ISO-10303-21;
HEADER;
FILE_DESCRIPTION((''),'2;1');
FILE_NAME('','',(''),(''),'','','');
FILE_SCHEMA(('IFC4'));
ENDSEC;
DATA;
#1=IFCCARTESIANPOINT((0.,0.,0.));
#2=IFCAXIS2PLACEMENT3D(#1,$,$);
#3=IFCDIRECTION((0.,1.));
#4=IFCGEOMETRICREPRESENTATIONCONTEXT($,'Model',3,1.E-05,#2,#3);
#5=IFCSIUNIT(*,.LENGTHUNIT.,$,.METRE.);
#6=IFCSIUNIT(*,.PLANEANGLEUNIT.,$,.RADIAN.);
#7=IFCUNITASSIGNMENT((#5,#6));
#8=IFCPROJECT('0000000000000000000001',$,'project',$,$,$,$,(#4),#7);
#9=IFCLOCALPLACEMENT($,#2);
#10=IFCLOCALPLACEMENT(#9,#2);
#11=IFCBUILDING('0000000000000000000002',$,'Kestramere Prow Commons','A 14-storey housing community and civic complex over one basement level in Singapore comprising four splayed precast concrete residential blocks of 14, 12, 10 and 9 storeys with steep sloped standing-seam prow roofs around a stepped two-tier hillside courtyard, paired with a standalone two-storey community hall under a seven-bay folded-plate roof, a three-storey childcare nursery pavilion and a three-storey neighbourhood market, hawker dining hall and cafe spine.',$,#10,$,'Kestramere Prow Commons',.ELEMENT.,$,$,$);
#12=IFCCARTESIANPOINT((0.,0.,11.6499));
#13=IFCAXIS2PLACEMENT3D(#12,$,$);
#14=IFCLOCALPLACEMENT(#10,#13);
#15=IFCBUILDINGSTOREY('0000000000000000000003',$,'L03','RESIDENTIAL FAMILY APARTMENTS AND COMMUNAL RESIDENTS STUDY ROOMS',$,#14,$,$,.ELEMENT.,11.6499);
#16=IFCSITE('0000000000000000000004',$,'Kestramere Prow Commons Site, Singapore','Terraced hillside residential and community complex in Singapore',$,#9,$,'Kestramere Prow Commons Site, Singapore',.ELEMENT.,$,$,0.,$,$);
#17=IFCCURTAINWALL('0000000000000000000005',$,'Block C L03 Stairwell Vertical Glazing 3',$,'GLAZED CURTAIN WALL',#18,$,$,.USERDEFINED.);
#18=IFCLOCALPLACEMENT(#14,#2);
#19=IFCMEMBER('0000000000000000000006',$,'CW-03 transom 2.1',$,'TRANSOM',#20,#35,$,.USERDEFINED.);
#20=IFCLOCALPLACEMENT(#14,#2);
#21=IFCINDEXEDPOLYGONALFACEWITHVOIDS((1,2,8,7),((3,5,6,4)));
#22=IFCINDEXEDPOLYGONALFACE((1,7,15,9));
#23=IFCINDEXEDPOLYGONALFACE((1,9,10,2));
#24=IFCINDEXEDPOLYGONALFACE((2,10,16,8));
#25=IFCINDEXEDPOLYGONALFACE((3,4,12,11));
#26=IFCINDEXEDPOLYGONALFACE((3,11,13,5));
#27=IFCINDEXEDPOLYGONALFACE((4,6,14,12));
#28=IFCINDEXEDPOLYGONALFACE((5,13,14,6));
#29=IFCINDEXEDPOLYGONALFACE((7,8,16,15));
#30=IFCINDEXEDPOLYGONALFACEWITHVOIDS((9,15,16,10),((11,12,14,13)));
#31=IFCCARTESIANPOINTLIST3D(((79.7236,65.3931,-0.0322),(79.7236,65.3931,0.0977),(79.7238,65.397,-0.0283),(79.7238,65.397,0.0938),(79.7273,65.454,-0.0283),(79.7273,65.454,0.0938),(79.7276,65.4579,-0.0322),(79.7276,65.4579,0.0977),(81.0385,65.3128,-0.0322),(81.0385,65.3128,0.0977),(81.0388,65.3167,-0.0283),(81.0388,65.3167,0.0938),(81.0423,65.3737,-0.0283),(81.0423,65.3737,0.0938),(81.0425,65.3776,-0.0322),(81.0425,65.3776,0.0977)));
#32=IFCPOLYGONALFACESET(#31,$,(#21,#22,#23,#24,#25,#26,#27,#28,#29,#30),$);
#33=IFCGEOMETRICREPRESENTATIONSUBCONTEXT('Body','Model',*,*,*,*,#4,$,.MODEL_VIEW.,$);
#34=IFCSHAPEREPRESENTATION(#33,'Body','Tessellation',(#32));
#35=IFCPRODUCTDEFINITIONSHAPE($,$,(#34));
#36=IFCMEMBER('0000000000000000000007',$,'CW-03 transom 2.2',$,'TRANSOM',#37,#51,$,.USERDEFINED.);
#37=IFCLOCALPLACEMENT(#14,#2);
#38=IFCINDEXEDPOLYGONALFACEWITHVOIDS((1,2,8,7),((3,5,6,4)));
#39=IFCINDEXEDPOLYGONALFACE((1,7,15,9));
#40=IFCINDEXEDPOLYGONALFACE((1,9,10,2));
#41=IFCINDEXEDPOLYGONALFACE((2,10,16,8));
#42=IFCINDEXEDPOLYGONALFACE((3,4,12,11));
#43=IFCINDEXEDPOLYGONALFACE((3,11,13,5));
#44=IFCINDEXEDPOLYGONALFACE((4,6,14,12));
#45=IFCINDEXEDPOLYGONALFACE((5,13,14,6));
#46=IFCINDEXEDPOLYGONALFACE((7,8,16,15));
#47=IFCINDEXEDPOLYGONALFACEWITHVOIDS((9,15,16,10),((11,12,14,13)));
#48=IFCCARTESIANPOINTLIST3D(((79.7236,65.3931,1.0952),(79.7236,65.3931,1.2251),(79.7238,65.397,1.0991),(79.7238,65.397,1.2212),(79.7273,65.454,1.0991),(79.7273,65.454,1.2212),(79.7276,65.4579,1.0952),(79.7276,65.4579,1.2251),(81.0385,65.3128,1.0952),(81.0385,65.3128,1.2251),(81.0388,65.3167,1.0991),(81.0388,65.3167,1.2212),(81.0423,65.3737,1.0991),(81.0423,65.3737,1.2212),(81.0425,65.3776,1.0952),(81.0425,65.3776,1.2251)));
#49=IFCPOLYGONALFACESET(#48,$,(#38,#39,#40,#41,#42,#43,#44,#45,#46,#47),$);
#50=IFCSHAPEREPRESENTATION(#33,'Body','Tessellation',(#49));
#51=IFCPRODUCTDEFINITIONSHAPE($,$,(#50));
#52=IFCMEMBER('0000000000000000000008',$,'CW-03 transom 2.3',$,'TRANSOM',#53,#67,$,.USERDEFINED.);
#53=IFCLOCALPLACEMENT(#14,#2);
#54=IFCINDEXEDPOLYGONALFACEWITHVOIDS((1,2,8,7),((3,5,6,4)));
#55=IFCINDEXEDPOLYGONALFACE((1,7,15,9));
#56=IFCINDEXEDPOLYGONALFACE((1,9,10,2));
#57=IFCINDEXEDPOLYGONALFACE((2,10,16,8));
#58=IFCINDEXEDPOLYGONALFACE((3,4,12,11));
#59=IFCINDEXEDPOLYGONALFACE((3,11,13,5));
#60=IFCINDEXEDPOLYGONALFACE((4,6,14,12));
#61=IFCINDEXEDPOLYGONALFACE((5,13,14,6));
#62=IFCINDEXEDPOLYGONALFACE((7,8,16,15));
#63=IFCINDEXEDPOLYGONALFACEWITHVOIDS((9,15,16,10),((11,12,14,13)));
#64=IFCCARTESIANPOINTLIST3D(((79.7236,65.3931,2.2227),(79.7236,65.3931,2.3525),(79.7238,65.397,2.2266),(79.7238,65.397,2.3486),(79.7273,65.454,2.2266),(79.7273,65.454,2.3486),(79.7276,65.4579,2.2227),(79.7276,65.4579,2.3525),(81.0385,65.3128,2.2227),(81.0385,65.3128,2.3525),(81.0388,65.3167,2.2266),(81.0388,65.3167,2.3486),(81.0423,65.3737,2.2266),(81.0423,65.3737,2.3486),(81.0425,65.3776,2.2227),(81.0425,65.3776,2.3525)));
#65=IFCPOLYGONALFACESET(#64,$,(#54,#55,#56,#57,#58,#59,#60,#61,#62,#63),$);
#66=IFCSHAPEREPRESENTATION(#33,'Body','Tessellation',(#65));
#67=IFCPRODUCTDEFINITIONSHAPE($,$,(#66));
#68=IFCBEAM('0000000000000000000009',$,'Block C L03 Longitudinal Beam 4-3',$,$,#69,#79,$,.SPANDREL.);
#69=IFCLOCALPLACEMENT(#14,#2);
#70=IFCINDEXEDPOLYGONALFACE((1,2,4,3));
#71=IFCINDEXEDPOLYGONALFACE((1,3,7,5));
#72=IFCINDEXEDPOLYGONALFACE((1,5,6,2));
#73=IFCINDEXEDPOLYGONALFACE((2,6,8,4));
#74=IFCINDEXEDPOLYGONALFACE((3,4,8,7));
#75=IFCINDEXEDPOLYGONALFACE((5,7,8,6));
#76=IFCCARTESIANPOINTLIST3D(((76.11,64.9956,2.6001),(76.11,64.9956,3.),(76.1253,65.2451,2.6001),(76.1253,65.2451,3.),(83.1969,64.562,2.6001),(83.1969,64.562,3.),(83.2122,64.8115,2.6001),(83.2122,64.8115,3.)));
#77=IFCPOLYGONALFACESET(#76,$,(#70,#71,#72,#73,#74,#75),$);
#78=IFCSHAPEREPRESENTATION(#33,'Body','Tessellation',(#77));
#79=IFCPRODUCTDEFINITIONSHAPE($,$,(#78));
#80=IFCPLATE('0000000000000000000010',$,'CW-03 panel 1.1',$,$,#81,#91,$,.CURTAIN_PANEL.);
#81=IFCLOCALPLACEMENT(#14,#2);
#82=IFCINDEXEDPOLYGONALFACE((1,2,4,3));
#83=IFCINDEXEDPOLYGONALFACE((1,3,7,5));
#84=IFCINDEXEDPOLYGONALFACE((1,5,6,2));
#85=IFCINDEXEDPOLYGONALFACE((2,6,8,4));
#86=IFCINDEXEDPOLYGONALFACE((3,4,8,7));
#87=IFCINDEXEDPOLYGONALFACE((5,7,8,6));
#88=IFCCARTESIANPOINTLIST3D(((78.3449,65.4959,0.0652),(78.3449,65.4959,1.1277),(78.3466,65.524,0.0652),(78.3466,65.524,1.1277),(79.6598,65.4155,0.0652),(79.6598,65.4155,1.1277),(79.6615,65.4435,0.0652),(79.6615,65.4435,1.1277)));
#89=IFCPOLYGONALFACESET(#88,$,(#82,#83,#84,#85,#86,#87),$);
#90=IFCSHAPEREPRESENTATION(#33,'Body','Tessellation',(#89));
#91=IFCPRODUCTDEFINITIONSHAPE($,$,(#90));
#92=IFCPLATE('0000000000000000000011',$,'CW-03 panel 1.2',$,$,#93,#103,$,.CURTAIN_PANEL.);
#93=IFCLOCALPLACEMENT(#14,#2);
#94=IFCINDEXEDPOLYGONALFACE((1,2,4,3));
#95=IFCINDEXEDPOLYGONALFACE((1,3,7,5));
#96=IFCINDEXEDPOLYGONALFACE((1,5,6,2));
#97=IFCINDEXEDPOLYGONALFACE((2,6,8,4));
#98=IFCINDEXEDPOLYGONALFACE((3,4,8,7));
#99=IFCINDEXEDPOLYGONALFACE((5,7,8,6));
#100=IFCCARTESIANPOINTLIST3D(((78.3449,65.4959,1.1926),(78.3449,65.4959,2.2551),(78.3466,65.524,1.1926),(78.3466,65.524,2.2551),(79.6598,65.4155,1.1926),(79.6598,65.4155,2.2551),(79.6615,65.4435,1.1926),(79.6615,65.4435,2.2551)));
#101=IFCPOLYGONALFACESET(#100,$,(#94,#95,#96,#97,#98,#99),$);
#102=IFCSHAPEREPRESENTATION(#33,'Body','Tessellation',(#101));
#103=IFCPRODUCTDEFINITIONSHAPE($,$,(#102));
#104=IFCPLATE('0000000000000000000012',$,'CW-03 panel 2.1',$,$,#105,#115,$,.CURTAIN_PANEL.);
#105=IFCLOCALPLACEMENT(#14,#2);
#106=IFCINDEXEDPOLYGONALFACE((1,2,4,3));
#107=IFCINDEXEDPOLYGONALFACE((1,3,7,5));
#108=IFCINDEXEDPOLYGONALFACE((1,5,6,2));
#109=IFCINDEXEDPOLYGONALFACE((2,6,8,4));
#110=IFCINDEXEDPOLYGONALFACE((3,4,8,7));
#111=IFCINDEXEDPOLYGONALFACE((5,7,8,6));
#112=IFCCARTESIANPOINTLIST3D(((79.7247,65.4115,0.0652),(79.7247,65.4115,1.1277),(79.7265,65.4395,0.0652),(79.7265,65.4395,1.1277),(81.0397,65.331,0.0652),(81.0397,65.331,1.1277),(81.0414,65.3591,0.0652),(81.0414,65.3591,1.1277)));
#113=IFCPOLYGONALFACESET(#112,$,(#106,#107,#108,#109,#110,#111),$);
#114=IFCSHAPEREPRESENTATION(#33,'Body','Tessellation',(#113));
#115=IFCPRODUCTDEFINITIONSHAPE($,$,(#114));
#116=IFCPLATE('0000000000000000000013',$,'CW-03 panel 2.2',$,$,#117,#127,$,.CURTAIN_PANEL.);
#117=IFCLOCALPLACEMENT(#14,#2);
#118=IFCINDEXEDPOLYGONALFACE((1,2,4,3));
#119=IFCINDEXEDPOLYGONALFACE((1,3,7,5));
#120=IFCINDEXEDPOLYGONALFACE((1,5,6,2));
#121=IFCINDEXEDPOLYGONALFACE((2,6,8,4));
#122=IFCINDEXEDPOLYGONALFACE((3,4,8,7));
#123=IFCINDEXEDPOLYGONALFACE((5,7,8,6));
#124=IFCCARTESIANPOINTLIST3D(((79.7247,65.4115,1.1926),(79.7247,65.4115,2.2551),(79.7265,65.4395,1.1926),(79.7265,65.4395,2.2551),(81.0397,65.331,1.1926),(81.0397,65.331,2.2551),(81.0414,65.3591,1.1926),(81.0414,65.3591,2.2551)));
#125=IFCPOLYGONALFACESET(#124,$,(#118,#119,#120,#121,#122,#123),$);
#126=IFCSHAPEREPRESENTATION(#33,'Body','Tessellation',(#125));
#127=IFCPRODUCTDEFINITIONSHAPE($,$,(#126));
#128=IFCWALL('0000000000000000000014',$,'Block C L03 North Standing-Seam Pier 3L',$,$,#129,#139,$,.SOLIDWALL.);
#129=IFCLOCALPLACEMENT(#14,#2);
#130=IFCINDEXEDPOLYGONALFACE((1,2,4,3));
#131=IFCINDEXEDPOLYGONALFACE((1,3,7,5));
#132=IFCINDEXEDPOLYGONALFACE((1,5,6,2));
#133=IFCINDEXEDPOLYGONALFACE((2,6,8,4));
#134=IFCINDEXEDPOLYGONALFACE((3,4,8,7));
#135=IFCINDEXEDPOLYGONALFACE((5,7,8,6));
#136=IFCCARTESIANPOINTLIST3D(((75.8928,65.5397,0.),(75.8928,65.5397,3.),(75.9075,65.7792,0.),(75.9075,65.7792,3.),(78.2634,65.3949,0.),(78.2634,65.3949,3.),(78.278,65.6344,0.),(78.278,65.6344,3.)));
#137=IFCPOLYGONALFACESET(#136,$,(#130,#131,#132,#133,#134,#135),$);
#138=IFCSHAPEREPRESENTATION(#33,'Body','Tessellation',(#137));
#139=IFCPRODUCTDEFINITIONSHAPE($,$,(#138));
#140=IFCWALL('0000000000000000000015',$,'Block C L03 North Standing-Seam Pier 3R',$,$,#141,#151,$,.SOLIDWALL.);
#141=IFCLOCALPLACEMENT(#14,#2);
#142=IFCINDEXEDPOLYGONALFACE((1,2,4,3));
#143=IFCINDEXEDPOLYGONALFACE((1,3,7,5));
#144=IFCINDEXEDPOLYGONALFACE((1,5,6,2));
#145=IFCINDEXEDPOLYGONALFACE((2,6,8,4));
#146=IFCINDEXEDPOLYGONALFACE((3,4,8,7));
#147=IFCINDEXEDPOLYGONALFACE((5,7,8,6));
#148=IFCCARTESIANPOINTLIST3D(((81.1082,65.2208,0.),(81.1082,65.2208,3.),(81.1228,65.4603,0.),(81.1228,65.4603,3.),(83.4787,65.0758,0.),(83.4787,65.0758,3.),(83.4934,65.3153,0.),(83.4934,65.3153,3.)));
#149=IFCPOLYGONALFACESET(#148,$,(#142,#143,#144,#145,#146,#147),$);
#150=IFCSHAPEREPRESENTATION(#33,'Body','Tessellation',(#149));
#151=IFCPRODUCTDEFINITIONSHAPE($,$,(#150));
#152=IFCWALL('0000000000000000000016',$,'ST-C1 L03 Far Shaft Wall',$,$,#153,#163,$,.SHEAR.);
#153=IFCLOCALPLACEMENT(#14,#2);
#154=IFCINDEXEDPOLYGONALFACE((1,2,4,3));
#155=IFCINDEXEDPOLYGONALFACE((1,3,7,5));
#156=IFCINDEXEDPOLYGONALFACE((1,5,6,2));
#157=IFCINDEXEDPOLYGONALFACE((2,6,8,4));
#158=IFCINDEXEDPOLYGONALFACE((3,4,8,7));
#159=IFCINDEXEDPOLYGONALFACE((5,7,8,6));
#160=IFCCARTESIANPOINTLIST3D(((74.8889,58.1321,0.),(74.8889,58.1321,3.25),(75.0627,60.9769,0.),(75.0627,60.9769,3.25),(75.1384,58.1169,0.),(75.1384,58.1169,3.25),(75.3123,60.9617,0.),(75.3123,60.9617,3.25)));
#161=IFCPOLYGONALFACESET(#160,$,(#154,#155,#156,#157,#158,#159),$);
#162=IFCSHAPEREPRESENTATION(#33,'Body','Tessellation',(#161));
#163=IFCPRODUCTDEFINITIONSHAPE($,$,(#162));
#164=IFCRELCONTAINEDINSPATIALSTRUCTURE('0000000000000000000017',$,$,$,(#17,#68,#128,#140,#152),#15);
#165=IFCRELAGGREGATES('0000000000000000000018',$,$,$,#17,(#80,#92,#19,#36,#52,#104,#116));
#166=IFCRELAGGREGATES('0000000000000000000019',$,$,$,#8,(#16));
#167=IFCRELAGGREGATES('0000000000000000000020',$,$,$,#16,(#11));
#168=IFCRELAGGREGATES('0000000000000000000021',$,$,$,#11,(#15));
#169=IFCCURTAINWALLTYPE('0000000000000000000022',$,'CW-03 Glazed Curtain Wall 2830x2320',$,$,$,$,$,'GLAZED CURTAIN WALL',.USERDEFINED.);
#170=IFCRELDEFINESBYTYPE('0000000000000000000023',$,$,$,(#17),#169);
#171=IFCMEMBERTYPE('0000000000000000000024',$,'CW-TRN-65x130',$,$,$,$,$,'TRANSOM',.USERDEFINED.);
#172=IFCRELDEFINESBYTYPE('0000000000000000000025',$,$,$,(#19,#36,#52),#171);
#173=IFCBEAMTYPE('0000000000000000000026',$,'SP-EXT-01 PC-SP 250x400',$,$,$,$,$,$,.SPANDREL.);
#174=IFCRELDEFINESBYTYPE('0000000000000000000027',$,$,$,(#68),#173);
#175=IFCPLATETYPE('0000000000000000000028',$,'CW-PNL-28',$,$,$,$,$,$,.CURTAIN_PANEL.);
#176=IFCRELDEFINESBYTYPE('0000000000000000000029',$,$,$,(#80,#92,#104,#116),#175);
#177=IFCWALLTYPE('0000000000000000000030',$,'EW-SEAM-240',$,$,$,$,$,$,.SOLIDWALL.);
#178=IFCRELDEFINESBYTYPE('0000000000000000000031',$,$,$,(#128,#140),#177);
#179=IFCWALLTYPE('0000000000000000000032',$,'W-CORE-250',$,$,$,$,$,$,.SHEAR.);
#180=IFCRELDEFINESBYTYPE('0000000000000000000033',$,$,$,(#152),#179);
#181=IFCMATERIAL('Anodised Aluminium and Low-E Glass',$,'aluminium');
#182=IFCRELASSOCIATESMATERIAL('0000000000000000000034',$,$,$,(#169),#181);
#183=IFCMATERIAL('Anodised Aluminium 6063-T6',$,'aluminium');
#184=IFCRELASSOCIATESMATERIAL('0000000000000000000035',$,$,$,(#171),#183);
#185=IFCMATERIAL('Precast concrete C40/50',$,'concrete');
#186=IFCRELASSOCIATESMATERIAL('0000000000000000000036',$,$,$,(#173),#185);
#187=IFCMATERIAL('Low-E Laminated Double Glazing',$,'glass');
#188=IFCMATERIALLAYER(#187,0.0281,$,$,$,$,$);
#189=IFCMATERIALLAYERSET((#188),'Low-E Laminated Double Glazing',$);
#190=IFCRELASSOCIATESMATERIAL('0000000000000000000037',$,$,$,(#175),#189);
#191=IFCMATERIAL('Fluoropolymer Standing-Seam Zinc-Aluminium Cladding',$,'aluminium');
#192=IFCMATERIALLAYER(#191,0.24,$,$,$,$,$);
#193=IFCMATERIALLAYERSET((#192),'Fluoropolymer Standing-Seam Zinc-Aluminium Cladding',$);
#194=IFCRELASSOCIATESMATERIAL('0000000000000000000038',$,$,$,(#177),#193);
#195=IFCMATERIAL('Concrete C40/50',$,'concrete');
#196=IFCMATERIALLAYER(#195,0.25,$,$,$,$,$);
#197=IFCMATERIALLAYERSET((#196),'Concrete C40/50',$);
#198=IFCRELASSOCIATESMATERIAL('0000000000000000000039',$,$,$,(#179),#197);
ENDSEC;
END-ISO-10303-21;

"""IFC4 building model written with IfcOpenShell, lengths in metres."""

from ifc_helpers import new_model, si_unit, direction, frame, frame_2d, origin, origin_2d, place, context, subcontext, project, spatial, rectangle, hollow_rectangle, extrude, material, layer, layer_set, material_profile, profile_set, type_object, element, aggregate, save


model = new_model("IFC4")

# Units and contexts
model_context = context("Model", 3, precision=1e-05, world=origin(), true_north=direction((0.0, 1.0)))
body_context = subcontext(model_context, "Body", "Model", "MODEL_VIEW")
ifc_project = project(units=[si_unit("LENGTHUNIT", "METRE"), si_unit("PLANEANGLEUNIT", "RADIAN")], contexts=[model_context])

# Site, building, storey
site_placement = place(None, origin())
site = spatial("IfcSite", under=ifc_project, at=site_placement, Name="Kestramere Prow Commons Site, Singapore", Description="Terraced hillside residential and community complex in Singapore", LongName="Kestramere Prow Commons Site, Singapore", CompositionType="ELEMENT", RefElevation=0.0)
building_placement = place(site_placement, origin())
building = spatial("IfcBuilding", under=site, at=building_placement, Name="Kestramere Prow Commons", Description="A 14-storey housing community and civic complex over one basement level in Singapore comprising four splayed precast concrete residential blocks of 14, 12, 10 and 9 storeys with steep sloped standing-seam prow roofs around a stepped two-tier hillside courtyard, paired with a standalone two-storey community hall under a seven-bay folded-plate roof, a three-storey childcare nursery pavilion and a three-storey neighbourhood market, hawker dining hall and cafe spine.", LongName="Kestramere Prow Commons", CompositionType="ELEMENT")
storey_placement = place(building_placement, frame((0.0, 0.0, 11.6499)))
storey = spatial("IfcBuildingStorey", under=building, at=storey_placement, Name="L03", Description="RESIDENTIAL FAMILY APARTMENTS AND COMMUNAL RESIDENTS STUDY ROOMS", CompositionType="ELEMENT", Elevation=11.6499)

# Shared definitions
ifc_material_1 = material(Name="Precast concrete C40/50", Category="concrete")

# Shared definitions
ifc_material_2 = material(Name="Concrete C40/50", Category="concrete")

# Curtain wall, members
ifc_material_3 = material(Name="Anodised Aluminium and Low-E Glass", Category="aluminium")
curtain_wall_type = type_object("IfcCurtainWallType", Name="CW-03 Glazed Curtain Wall 2830x2320", ElementType="GLAZED CURTAIN WALL", PredefinedType="USERDEFINED", material=ifc_material_3)
curtain_wall_placement = place(storey_placement, origin())
curtain_wall = element("IfcCurtainWall", 1, at=curtain_wall_placement, inside=storey, type_object=curtain_wall_type, Name="Block C L03 Stairwell Vertical Glazing 3", ObjectType="GLAZED CURTAIN WALL", PredefinedType="USERDEFINED")
ifc_material_4 = material(Name="Anodised Aluminium 6063-T6", Category="aluminium")
ifc_material_profile_1 = material_profile(ifc_material_4, hollow_rectangle(XDim=0.0649, YDim=0.1299, WallThickness=0.0039, at=origin_2d()), Name="ALU-TRN 65x130")
ifc_profile_set_1 = profile_set([ifc_material_profile_1], Name="Anodised Aluminium 6063-T6")
member_type_1 = type_object("IfcMemberType", Name="CW-TRN-65x130", ElementType="TRANSOM", PredefinedType="USERDEFINED", material=ifc_profile_set_1)
member_1_placement = place(storey_placement, frame((79.7256, 65.4255, 0.0327), z_axis=(0.99814, -0.060971, 0.0), x_axis=(0.060971, 0.99814, 0.0)))
member_1 = element("IfcMember", 2, at=member_1_placement, type_object=member_type_1, Name="CW-03 transom 2.1", ObjectType="TRANSOM", PredefinedType="USERDEFINED", context=body_context, shape_type="SweptSolid", body=[
    extrude(hollow_rectangle(XDim=0.0649, YDim=0.1299, WallThickness=0.0039, at=origin_2d()), origin(), (0.0, 0.0, 1.0), 1.3174),
])
member_2_placement = place(storey_placement, frame((79.7256, 65.4255, 1.1602), z_axis=(0.99814, -0.060971, 0.0), x_axis=(0.060971, 0.99814, 0.0)))
member_2 = element("IfcMember", 3, at=member_2_placement, type_object=member_type_1, Name="CW-03 transom 2.2", ObjectType="TRANSOM", PredefinedType="USERDEFINED", context=body_context, shape_type="SweptSolid", body=[
    extrude(hollow_rectangle(XDim=0.0649, YDim=0.1299, WallThickness=0.0039, at=origin_2d()), origin(), (0.0, 0.0, 1.0), 1.3174),
])
member_3_placement = place(storey_placement, frame((79.7256, 65.4255, 2.2876), z_axis=(0.99814, -0.060971, 0.0), x_axis=(0.060971, 0.99814, 0.0)))
member_3 = element("IfcMember", 4, at=member_3_placement, type_object=member_type_1, Name="CW-03 transom 2.3", ObjectType="TRANSOM", PredefinedType="USERDEFINED", context=body_context, shape_type="SweptSolid", body=[
    extrude(hollow_rectangle(XDim=0.0649, YDim=0.1299, WallThickness=0.0039, at=origin_2d()), origin(), (0.0, 0.0, 1.0), 1.3174),
])

# Beam
ifc_material_profile_2 = material_profile(ifc_material_1, rectangle(XDim=0.25, YDim=0.3999, at=origin_2d()), Name="PC-SP 250x400")
ifc_profile_set_2 = profile_set([ifc_material_profile_2], Name="Precast concrete C40/50")
beam_type_1 = type_object("IfcBeamType", Name="SP-EXT-01 PC-SP 250x400", PredefinedType="SPANDREL", material=ifc_profile_set_2)
beam_1_placement = place(storey_placement, frame((76.1177, 65.1204, 2.8), z_axis=(0.998134, -0.061068, 0.0), x_axis=(0.061068, 0.998134, 0.0)))
element("IfcBeam", 5, at=beam_1_placement, inside=storey, type_object=beam_type_1, Name="Block C L03 Longitudinal Beam 4-3", PredefinedType="SPANDREL", context=body_context, shape_type="SweptSolid", body=[
    extrude(rectangle(XDim=0.25, YDim=0.3999, at=origin_2d()), origin(), (0.0, 0.0, 1.0), 7.1001),
])

# Plates
ifc_material_5 = material(Name="Low-E Laminated Double Glazing", Category="glass")
ifc_layer_1 = layer(ifc_material_5, 0.0281)
ifc_layer_set_1 = layer_set([ifc_layer_1], Name="Low-E Laminated Double Glazing")
plate_type = type_object("IfcPlateType", Name="CW-PNL-28", PredefinedType="CURTAIN_PANEL", material=ifc_layer_set_1)
plate_1_placement = place(storey_placement, frame((79.0032, 65.4697, 0.0652), z_axis=(0.0, 0.0, 1.0), x_axis=(0.998135, -0.061048, 0.0)))
plate_1 = element("IfcPlate", 6, at=plate_1_placement, type_object=plate_type, Name="CW-03 panel 1.1", PredefinedType="CURTAIN_PANEL", context=body_context, shape_type="SweptSolid", body=[
    extrude(rectangle(XDim=1.3174, YDim=0.0281, at=origin_2d()), origin(), (0.0, 0.0, 1.0), 1.0625),
])
plate_2_placement = place(storey_placement, frame((79.0032, 65.4697, 1.1926), z_axis=(0.0, 0.0, 1.0), x_axis=(0.998135, -0.061048, 0.0)))
plate_2 = element("IfcPlate", 7, at=plate_2_placement, type_object=plate_type, Name="CW-03 panel 1.2", PredefinedType="CURTAIN_PANEL", context=body_context, shape_type="SweptSolid", body=[
    extrude(rectangle(XDim=1.3174, YDim=0.0281, at=origin_2d()), origin(), (0.0, 0.0, 1.0), 1.0625),
])
plate_3_placement = place(storey_placement, frame((80.3831, 65.3853, 0.0652), z_axis=(0.0, 0.0, 1.0), x_axis=(0.998135, -0.061048, 0.0)))
plate_3 = element("IfcPlate", 8, at=plate_3_placement, type_object=plate_type, Name="CW-03 panel 2.1", PredefinedType="CURTAIN_PANEL", context=body_context, shape_type="SweptSolid", body=[
    extrude(rectangle(XDim=1.3174, YDim=0.0281, at=origin_2d()), origin(), (0.0, 0.0, 1.0), 1.0625),
])
plate_4_placement = place(storey_placement, frame((80.3831, 65.3853, 1.1926), z_axis=(0.0, 0.0, 1.0), x_axis=(0.998135, -0.061048, 0.0)))
plate_4 = element("IfcPlate", 9, at=plate_4_placement, type_object=plate_type, Name="CW-03 panel 2.2", PredefinedType="CURTAIN_PANEL", context=body_context, shape_type="SweptSolid", body=[
    extrude(rectangle(XDim=1.3174, YDim=0.0281, at=origin_2d()), origin(), (0.0, 0.0, 1.0), 1.0625),
])
aggregate(curtain_wall, [plate_1, plate_2, member_1, member_2, member_3, plate_3, plate_4])

# Walls
ifc_material_6 = material(Name="Fluoropolymer Standing-Seam Zinc-Aluminium Cladding", Category="aluminium")
ifc_layer_2 = layer(ifc_material_6, 0.24)
ifc_layer_set_2 = layer_set([ifc_layer_2], Name="Fluoropolymer Standing-Seam Zinc-Aluminium Cladding")
wall_type_1 = type_object("IfcWallType", Name="EW-SEAM-240", PredefinedType="SOLIDWALL", material=ifc_layer_set_2)
for number, where, z_axis, x_axis, name in (
    (10, (75.9001, 65.6594, 0.0), (0.0, 0.0, 1.0), (0.99814, -0.060957, 0.0), "Block C L03 North Standing-Seam Pier 3L"),
    (11, (81.1155, 65.3406, 0.0), (0.0, 0.0, 1.0), (0.998134, -0.06106, 0.0), "Block C L03 North Standing-Seam Pier 3R"),
):
    element("IfcWall", number, at=place(storey_placement, frame(where, z_axis=z_axis, x_axis=x_axis)), inside=storey, type_object=wall_type_1, Name=name, PredefinedType="SOLIDWALL", context=body_context, shape_type="SweptSolid", body=[
        extrude(rectangle(XDim=2.375, YDim=0.24, at=frame_2d((1.1875, 0.0))), origin(), (0.0, 0.0, 1.0), 3.0),
    ])
ifc_layer_3 = layer(ifc_material_2, 0.25)
ifc_layer_set_3 = layer_set([ifc_layer_3], Name="Concrete C40/50")
wall_type_2 = type_object("IfcWallType", Name="W-CORE-250", PredefinedType="SHEAR", material=ifc_layer_set_3)
wall_1_placement = place(storey_placement, frame((75.0137, 58.1245, 0.0), z_axis=(0.0, 0.0, 1.0), x_axis=(0.060992, 0.998138, 0.0)))
element("IfcWall", 12, at=wall_1_placement, inside=storey, type_object=wall_type_2, Name="ST-C1 L03 Far Shaft Wall", PredefinedType="SHEAR", context=body_context, shape_type="SweptSolid", body=[
    extrude(rectangle(XDim=2.8501, YDim=0.25, at=frame_2d((1.425, 0.0))), origin(), (0.0, 0.0, 1.0), 3.25),
])

save(model, "model.ifc")
